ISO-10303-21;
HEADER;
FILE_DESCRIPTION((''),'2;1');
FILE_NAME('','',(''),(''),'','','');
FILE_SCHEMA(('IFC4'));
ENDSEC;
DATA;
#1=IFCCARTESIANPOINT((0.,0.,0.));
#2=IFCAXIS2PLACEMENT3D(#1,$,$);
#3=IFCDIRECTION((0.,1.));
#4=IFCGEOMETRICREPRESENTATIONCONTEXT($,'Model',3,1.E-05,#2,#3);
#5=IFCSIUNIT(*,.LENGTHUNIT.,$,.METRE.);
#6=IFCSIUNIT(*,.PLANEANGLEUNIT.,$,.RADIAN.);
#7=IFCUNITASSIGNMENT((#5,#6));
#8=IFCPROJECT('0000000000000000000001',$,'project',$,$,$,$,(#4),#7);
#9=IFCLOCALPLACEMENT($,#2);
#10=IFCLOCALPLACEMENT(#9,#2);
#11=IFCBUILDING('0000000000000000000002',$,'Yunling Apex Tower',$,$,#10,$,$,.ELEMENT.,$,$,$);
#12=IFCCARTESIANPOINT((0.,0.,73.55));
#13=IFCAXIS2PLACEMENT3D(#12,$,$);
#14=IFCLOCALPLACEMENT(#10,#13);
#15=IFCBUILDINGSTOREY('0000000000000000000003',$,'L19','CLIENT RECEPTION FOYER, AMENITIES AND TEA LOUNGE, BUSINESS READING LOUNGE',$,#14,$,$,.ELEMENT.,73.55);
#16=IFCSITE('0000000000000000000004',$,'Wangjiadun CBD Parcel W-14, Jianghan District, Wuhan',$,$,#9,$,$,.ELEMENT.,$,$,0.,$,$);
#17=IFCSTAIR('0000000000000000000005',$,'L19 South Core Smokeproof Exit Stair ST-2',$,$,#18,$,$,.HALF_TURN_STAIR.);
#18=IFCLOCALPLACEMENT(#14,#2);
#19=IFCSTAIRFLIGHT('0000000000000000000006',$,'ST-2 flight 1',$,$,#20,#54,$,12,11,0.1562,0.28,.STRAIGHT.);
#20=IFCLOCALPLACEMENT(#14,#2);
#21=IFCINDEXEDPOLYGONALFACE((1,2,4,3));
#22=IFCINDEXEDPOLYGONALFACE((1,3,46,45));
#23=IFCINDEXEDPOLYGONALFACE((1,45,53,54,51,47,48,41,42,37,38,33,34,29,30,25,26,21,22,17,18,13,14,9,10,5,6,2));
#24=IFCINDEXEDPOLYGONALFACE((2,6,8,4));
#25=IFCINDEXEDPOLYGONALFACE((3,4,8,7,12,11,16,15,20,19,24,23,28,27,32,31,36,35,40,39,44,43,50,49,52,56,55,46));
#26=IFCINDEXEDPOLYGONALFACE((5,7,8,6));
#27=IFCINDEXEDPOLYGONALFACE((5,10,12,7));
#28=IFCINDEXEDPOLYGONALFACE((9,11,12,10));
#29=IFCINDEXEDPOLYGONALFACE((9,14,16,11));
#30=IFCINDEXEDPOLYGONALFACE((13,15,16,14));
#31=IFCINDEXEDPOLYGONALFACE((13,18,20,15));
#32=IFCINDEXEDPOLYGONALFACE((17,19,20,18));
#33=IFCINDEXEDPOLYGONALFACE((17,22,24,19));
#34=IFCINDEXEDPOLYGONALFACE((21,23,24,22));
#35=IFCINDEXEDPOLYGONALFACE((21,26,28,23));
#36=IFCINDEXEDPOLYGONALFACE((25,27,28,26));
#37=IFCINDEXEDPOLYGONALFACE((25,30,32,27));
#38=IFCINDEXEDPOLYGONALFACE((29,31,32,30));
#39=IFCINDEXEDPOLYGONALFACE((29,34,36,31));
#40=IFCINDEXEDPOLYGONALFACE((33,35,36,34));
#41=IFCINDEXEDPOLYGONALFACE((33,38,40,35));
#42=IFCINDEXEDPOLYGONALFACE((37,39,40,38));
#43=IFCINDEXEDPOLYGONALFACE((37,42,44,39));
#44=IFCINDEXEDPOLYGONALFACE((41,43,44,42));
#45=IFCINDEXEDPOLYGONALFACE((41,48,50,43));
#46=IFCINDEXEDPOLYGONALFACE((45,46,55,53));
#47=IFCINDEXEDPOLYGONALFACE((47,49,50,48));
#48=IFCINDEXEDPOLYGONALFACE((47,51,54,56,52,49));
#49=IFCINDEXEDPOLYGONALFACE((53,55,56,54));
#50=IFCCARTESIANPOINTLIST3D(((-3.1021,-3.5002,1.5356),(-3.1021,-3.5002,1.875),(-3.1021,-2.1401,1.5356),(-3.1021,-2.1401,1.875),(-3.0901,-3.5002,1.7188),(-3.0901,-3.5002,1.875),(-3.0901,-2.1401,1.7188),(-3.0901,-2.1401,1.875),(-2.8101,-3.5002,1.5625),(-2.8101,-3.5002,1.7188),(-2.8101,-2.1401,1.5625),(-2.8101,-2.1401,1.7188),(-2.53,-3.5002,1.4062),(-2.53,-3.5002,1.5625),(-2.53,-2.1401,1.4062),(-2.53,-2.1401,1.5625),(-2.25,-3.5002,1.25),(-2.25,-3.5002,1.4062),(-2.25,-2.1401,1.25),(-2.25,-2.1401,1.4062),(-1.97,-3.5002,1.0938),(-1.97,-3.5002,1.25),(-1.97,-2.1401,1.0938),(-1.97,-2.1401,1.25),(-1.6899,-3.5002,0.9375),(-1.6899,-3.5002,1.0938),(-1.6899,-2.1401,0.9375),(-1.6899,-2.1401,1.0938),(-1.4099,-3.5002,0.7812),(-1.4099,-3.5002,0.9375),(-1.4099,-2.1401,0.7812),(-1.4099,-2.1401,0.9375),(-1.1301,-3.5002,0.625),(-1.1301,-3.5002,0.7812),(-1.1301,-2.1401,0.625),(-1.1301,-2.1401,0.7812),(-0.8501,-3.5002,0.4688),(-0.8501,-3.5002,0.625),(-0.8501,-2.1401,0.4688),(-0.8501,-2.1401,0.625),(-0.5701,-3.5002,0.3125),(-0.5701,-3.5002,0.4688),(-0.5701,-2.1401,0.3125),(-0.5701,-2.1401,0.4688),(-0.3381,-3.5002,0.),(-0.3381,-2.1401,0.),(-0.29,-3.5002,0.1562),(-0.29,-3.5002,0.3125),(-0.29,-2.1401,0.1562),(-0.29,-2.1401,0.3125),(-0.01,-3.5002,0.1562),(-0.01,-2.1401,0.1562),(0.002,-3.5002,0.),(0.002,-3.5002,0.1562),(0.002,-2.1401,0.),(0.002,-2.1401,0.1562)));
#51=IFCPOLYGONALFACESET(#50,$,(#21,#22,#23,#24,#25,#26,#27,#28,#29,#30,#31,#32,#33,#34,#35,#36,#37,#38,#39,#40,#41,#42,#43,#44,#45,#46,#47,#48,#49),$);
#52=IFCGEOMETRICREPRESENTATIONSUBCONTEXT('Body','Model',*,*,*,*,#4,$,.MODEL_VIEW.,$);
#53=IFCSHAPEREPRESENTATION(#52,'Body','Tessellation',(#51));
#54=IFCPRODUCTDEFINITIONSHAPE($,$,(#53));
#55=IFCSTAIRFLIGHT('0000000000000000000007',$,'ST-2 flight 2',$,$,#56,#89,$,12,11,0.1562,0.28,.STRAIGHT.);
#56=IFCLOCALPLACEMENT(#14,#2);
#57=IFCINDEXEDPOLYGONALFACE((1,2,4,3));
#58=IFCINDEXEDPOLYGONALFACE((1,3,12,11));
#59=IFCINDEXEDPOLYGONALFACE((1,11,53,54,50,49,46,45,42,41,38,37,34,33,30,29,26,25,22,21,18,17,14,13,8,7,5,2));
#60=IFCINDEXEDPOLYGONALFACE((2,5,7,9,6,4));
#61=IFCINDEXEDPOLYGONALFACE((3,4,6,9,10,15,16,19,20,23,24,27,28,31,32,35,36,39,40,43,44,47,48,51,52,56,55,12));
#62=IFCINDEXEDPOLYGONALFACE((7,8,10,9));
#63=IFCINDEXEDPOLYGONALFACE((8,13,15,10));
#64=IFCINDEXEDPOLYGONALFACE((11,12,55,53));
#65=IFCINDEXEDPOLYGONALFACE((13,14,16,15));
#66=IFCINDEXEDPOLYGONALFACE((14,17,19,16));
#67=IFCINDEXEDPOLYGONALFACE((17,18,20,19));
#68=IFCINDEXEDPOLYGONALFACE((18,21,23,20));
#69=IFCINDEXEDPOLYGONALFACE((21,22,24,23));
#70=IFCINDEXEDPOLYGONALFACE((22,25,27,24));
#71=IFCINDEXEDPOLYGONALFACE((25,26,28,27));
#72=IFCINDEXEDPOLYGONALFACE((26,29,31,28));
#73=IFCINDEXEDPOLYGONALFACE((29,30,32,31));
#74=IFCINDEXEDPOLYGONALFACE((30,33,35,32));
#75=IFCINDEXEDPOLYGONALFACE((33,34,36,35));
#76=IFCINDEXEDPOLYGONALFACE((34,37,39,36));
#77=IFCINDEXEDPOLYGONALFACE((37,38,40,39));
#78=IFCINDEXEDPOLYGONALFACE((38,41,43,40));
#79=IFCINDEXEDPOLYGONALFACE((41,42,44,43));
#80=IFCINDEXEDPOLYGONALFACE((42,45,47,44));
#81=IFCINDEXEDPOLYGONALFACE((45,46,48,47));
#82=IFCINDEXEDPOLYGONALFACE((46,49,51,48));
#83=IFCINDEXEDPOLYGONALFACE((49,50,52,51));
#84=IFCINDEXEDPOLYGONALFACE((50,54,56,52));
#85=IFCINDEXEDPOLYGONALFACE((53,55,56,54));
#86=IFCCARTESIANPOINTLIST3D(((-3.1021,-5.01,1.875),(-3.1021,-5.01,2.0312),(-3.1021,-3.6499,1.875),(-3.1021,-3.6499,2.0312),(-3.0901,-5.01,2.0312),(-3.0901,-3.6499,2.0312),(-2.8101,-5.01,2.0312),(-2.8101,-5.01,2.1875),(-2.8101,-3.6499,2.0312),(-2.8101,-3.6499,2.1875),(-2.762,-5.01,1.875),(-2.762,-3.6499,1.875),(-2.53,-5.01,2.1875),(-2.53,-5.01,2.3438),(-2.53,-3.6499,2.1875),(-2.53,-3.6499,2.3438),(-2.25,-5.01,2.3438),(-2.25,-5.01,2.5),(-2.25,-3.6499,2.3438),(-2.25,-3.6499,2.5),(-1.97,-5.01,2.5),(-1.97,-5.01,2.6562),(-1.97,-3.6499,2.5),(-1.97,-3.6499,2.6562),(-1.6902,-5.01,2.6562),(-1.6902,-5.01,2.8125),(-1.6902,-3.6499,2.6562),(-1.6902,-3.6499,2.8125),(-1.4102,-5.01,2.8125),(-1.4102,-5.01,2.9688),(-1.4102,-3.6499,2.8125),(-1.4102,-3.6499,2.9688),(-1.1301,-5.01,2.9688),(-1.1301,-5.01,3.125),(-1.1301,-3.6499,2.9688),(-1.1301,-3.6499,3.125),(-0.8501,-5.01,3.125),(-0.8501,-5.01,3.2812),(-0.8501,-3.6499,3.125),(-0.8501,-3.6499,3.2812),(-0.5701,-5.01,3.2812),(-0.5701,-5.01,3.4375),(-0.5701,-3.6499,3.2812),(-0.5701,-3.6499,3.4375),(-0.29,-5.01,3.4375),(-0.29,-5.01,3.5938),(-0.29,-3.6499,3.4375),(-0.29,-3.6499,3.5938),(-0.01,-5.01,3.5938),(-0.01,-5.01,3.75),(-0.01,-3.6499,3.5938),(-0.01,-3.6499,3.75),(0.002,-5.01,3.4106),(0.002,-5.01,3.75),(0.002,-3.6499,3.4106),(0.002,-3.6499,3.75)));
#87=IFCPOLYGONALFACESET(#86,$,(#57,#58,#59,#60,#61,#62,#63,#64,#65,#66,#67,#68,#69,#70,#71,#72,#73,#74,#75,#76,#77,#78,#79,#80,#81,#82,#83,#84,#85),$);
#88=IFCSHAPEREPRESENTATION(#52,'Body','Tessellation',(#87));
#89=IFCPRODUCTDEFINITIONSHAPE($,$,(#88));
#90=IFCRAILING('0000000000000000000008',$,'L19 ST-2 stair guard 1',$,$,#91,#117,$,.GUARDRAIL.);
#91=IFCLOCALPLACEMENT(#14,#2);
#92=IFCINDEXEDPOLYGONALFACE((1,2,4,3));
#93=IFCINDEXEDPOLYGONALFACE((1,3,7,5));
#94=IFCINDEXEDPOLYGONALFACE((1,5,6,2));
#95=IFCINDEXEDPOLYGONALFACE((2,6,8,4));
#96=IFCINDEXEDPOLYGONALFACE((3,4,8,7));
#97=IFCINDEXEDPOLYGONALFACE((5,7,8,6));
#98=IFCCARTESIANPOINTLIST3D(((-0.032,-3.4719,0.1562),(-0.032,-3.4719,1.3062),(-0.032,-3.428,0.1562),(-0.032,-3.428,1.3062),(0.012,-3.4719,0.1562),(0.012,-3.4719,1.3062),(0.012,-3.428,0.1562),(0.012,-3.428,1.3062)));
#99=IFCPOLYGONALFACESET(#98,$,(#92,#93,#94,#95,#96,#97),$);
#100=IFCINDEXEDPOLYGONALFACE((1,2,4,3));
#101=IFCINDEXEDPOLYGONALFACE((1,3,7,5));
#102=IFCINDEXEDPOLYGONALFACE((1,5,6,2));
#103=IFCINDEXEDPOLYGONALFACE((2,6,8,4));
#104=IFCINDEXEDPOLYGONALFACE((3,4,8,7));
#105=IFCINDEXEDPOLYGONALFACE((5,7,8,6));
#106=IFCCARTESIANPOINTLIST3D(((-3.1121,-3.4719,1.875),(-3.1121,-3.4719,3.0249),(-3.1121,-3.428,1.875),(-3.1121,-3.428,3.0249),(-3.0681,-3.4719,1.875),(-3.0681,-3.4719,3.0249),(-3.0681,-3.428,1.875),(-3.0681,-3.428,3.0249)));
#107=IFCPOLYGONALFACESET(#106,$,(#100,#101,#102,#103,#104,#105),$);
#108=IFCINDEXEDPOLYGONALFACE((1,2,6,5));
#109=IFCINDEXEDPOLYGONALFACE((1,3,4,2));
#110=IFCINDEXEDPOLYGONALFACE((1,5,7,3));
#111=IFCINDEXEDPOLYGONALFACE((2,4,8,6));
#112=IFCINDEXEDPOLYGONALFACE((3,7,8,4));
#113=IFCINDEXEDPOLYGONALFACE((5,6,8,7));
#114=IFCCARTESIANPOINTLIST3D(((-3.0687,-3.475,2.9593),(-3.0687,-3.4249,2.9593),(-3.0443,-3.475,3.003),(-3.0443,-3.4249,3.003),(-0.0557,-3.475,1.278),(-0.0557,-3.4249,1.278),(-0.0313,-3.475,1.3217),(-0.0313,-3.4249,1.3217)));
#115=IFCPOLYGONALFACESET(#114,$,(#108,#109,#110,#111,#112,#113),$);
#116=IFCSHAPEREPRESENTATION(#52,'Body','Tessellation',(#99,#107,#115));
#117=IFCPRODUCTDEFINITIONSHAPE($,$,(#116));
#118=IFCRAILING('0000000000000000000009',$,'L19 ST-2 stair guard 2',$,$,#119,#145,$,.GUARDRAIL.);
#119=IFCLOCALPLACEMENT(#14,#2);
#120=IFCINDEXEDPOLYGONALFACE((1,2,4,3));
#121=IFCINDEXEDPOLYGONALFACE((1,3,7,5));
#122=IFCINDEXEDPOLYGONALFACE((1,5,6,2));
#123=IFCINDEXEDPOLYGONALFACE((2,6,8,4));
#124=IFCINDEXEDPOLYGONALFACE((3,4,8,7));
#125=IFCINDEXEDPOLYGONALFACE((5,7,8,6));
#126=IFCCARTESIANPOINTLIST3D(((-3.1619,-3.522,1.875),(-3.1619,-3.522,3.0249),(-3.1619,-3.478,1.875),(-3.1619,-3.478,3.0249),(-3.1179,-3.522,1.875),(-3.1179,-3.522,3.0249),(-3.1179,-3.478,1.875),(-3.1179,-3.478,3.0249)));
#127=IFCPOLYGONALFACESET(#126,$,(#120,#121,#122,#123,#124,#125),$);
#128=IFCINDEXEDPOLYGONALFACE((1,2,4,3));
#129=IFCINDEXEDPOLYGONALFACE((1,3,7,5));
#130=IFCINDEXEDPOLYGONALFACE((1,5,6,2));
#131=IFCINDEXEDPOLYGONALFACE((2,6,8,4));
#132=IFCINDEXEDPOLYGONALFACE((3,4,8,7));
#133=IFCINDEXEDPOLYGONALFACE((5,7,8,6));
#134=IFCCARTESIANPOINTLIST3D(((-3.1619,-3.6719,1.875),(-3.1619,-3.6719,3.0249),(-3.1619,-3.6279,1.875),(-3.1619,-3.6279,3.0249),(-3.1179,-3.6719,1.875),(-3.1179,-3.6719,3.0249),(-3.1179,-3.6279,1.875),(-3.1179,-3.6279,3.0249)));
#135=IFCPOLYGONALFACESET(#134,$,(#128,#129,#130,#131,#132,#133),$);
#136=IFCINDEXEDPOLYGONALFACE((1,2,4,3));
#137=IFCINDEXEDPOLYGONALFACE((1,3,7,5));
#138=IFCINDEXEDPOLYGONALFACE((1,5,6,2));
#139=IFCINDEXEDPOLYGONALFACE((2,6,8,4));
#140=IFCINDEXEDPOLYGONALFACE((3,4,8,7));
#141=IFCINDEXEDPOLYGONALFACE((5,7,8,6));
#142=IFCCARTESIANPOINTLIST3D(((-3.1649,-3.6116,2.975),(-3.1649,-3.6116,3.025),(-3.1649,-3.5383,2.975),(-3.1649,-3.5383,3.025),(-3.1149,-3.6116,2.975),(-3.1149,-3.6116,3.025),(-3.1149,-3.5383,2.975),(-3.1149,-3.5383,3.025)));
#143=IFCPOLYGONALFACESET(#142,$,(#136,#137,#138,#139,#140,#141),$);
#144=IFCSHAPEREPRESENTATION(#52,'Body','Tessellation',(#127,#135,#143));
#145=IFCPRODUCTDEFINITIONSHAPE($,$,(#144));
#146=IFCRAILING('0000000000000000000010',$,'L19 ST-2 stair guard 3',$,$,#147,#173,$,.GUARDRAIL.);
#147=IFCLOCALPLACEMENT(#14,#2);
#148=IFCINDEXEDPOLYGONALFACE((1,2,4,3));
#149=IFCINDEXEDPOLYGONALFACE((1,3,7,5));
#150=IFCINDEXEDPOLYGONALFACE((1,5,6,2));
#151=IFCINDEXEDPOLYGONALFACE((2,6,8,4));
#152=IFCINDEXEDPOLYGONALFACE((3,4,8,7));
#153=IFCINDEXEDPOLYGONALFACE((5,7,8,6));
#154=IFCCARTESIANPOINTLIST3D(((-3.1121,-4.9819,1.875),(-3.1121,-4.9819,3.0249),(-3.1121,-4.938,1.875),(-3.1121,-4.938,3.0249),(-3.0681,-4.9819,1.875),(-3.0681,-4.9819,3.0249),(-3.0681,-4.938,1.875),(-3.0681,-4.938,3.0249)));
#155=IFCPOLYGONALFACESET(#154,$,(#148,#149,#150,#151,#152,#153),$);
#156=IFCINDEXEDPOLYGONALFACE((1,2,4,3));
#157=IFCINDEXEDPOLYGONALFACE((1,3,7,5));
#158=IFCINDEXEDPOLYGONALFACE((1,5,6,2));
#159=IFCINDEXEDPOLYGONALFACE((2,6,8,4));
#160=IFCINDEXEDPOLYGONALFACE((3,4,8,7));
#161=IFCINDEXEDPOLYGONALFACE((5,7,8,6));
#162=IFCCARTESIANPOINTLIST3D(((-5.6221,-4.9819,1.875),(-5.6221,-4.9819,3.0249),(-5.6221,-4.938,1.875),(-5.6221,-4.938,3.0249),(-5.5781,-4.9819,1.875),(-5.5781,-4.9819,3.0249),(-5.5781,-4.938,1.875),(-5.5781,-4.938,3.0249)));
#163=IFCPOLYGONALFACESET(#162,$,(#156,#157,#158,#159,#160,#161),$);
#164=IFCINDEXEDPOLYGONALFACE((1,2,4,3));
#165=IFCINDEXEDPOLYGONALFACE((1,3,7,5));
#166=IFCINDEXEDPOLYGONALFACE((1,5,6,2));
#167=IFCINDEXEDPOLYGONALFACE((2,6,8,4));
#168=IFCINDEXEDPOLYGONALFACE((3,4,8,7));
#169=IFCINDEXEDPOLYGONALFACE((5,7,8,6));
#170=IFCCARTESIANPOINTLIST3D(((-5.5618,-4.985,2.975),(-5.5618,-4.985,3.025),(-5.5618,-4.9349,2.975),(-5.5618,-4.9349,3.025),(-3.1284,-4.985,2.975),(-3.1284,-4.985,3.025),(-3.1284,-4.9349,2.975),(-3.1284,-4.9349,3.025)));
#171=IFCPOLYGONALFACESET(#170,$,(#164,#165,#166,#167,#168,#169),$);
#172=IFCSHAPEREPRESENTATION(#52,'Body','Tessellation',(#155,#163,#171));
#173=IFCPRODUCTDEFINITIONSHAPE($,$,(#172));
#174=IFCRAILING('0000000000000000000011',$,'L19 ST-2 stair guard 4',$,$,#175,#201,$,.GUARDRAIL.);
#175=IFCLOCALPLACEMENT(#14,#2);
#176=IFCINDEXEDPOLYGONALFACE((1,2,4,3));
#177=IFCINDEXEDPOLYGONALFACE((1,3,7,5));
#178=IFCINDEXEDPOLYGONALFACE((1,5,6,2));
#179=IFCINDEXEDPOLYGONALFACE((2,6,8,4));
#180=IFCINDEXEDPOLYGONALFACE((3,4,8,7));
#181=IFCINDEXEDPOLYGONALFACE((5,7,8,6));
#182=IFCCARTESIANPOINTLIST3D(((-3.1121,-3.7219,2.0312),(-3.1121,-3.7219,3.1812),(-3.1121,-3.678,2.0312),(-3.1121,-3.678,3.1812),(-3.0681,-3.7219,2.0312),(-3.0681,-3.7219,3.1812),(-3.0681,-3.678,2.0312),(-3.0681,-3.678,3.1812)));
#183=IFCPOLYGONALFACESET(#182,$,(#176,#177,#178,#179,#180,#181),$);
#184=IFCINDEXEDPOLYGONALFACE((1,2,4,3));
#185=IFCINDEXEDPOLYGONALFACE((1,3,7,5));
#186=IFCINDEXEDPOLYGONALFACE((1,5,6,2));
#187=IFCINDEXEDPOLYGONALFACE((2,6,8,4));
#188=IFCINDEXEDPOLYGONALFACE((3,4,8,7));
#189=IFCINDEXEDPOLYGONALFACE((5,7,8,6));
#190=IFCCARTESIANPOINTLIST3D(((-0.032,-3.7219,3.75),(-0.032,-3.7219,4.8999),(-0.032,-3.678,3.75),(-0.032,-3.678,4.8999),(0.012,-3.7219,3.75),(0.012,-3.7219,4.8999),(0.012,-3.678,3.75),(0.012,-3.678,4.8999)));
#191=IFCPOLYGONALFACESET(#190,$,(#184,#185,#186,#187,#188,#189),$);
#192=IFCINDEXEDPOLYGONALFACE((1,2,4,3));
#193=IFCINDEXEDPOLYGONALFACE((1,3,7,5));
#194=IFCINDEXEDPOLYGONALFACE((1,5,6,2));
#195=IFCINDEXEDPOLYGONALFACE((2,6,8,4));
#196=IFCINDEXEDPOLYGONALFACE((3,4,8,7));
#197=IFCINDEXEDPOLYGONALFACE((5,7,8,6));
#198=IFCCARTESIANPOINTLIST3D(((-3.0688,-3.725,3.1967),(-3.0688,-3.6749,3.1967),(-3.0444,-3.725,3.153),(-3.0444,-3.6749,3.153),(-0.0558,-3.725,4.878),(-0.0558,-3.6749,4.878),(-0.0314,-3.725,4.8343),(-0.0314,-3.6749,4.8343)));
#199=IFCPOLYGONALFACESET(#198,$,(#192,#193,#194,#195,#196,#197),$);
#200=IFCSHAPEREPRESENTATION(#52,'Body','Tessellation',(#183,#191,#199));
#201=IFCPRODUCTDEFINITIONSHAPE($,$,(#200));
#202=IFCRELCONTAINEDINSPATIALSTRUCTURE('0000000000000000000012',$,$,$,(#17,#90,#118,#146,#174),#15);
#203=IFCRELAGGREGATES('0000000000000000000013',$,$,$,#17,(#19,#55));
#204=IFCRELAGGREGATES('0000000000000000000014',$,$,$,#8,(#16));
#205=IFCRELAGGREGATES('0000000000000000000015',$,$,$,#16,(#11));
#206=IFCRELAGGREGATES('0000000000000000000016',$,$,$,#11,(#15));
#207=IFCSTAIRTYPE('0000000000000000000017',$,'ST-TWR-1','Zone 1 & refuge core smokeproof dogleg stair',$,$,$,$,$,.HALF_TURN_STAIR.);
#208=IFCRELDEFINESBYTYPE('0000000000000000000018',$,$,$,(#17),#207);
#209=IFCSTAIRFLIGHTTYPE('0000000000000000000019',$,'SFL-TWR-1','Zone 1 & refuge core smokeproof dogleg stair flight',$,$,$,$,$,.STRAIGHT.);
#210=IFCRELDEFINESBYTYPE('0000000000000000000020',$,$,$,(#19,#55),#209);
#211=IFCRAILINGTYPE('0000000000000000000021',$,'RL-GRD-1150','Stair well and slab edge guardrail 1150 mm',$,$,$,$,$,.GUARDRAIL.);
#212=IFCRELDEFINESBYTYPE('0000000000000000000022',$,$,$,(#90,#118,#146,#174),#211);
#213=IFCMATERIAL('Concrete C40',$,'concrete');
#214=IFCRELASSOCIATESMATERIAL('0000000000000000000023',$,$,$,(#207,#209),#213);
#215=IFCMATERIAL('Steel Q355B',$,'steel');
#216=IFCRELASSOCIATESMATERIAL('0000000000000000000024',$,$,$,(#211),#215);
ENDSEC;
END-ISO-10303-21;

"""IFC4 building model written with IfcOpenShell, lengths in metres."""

from ifc_helpers import new_model, si_unit, direction, frame, origin, origin_2d, place, context, subcontext, project, spatial, polyline, rectangle, outline, extrude, material, type_object, element, aggregate, save


model = new_model("IFC4")

# Units and contexts
model_context = context("Model", 3, precision=1e-05, world=origin(), true_north=direction((0.0, 1.0)))
body_context = subcontext(model_context, "Body", "Model", "MODEL_VIEW")
ifc_project = project(units=[si_unit("LENGTHUNIT", "METRE"), si_unit("PLANEANGLEUNIT", "RADIAN")], contexts=[model_context])

# Site, building, storey
site_placement = place(None, origin())
site = spatial("IfcSite", under=ifc_project, at=site_placement, Name="Wangjiadun CBD Parcel W-14, Jianghan District, Wuhan", CompositionType="ELEMENT", RefElevation=0.0)
building_placement = place(site_placement, origin())
building = spatial("IfcBuilding", under=site, at=building_placement, Name="Yunling Apex Tower", CompositionType="ELEMENT")
storey_placement = place(building_placement, frame((0.0, 0.0, 73.55)))
storey = spatial("IfcBuildingStorey", under=building, at=storey_placement, Name="L19", Description="CLIENT RECEPTION FOYER, AMENITIES AND TEA LOUNGE, BUSINESS READING LOUNGE", CompositionType="ELEMENT", Elevation=73.55)

# Shared definitions
ifc_material_1 = material(Name="Steel Q355B", Category="steel")

# Shared definitions
ifc_material_2 = material(Name="Concrete C40", Category="concrete")

# Stair, stair flights
stair_type = type_object("IfcStairType", Name="ST-TWR-1", Description="Zone 1 & refuge core smokeproof dogleg stair", PredefinedType="HALF_TURN_STAIR", material=ifc_material_2)
stair_placement = place(storey_placement, origin())
stair = element("IfcStair", 1, at=stair_placement, inside=storey, type_object=stair_type, Name="L19 South Core Smokeproof Exit Stair ST-2", PredefinedType="HALF_TURN_STAIR")
stair_flight_type = type_object("IfcStairFlightType", Name="SFL-TWR-1", Description="Zone 1 & refuge core smokeproof dogleg stair flight", PredefinedType="STRAIGHT", material=ifc_material_2)
stair_flight_1_placement = place(storey_placement, frame((-0.01, -2.8201, 0.0), z_axis=(0.0, 0.0, 1.0), x_axis=(-1.0, 0.0, 0.0)))
stair_flight_1 = element("IfcStairFlight", 2, at=stair_flight_1_placement, type_object=stair_flight_type, Name="ST-2 flight 1", NumberOfRisers=12, NumberOfTreads=11, PredefinedType="STRAIGHT", RiserHeight=0.1562, TreadLength=0.28, context=body_context, shape_type="SweptSolid", body=[
    extrude(outline(polyline([(-0.012, 0.0), (-0.012, 0.1562), (0.0, 0.1562), (0.28, 0.1562), (0.28, 0.3125), (0.5601, 0.3125), (0.5601, 0.4688), (0.8401, 0.4688), (0.8401, 0.625), (1.1201, 0.625), (1.1201, 0.7812), (1.3999, 0.7812), (1.3999, 0.9375), (1.6799, 0.9375), (1.6799, 1.0938), (1.96, 1.0938), (1.96, 1.25), (2.24, 1.25), (2.24, 1.4062), (2.52, 1.4062), (2.52, 1.5625), (2.8, 1.5625), (2.8, 1.7188), (3.0801, 1.7188), (3.0801, 1.875), (3.092, 1.875), (3.092, 1.5356), (0.3281, 0.0), (-0.012, 0.0)])), frame((0.0, 0.6802, 0.0), z_axis=(0.0, -1.0, 0.0), x_axis=(1.0, 0.0, 0.0)), (0.0, 0.0, 1.0), 1.3601),
])
stair_flight_2_placement = place(storey_placement, frame((-3.0901, -4.3301, 1.875), z_axis=(0.0, 0.0, 1.0), x_axis=(1.0, 0.0, 0.0)))
stair_flight_2 = element("IfcStairFlight", 3, at=stair_flight_2_placement, type_object=stair_flight_type, Name="ST-2 flight 2", NumberOfRisers=12, NumberOfTreads=11, PredefinedType="STRAIGHT", RiserHeight=0.1562, TreadLength=0.28, context=body_context, shape_type="SweptSolid", body=[
    extrude(outline(polyline([(-0.012, 0.0), (-0.012, 0.1562), (0.0, 0.1562), (0.28, 0.1562), (0.28, 0.3125), (0.5601, 0.3125), (0.5601, 0.4688), (0.8401, 0.4688), (0.8401, 0.625), (1.1201, 0.625), (1.1201, 0.7812), (1.3999, 0.7812), (1.3999, 0.9375), (1.6799, 0.9375), (1.6799, 1.0938), (1.96, 1.0938), (1.96, 1.25), (2.24, 1.25), (2.24, 1.4062), (2.52, 1.4062), (2.52, 1.5625), (2.8, 1.5625), (2.8, 1.7188), (3.0801, 1.7188), (3.0801, 1.875), (3.092, 1.875), (3.092, 1.5356), (0.3281, 0.0), (-0.012, 0.0)])), frame((0.0, 0.6802, 0.0), z_axis=(0.0, -1.0, 0.0), x_axis=(1.0, 0.0, 0.0)), (0.0, 0.0, 1.0), 1.3601),
])
aggregate(stair, [stair_flight_1, stair_flight_2])

# Railings
railing_type_1 = type_object("IfcRailingType", Name="RL-GRD-1150", Description="Stair well and slab edge guardrail 1150 mm", PredefinedType="GUARDRAIL", material=ifc_material_1)
railing_1_placement = place(storey_placement, frame((-0.01, -3.45, 0.1562)))
element("IfcRailing", 4, at=railing_1_placement, inside=storey, type_object=railing_type_1, Name="L19 ST-2 stair guard 1", PredefinedType="GUARDRAIL", context=body_context, shape_type="SweptSolid", body=[
    extrude(rectangle(XDim=0.0439, YDim=0.0439, at=origin_2d()), origin(), (0.0, 0.0, 1.0), 1.1499),
    extrude(rectangle(XDim=0.0439, YDim=0.0439, at=origin_2d()), frame((-3.0801, 0.0, 1.7188)), (0.0, 0.0, 1.0), 1.1499),
    extrude(rectangle(XDim=0.05, YDim=0.05, at=origin_2d()), frame((-0.0334, 0.0, 1.1436), z_axis=(-0.873242, 0.0, 0.487288), x_axis=(0.0, -1.0, 0.0)), (0.0, 0.0, 1.0), 3.4504),
])
railing_2_placement = place(storey_placement, frame((-3.1399, -3.5, 1.875)))
element("IfcRailing", 5, at=railing_2_placement, inside=storey, type_object=railing_type_1, Name="L19 ST-2 stair guard 2", PredefinedType="GUARDRAIL", context=body_context, shape_type="SweptSolid", body=[
    extrude(rectangle(XDim=0.0439, YDim=0.0439, at=origin_2d()), origin(), (0.0, 0.0, 1.0), 1.1499),
    extrude(rectangle(XDim=0.0439, YDim=0.0439, at=origin_2d()), frame((0.0, -0.1499, 0.0)), (0.0, 0.0, 1.0), 1.1499),
    extrude(rectangle(XDim=0.05, YDim=0.05, at=origin_2d()), frame((0.0, -0.0383, 1.125), z_axis=(0.0, -1.0, 0.0), x_axis=(1.0, 0.0, 0.0)), (0.0, 0.0, 1.0), 0.0732),
])
railing_3_placement = place(storey_placement, frame((-3.0901, -4.96, 1.875)))
element("IfcRailing", 6, at=railing_3_placement, inside=storey, type_object=railing_type_1, Name="L19 ST-2 stair guard 3", PredefinedType="GUARDRAIL", context=body_context, shape_type="SweptSolid", body=[
    extrude(rectangle(XDim=0.0439, YDim=0.0439, at=origin_2d()), origin(), (0.0, 0.0, 1.0), 1.1499),
    extrude(rectangle(XDim=0.0439, YDim=0.0439, at=origin_2d()), frame((-2.51, 0.0, 0.0)), (0.0, 0.0, 1.0), 1.1499),
    extrude(rectangle(XDim=0.05, YDim=0.05, at=origin_2d()), frame((-0.0383, 0.0, 1.125), z_axis=(-1.0, 0.0, 0.0), x_axis=(0.0, -1.0, 0.0)), (0.0, 0.0, 1.0), 2.4333),
])
railing_4_placement = place(storey_placement, frame((-3.0901, -3.7, 2.0312)))
element("IfcRailing", 7, at=railing_4_placement, inside=storey, type_object=railing_type_1, Name="L19 ST-2 stair guard 4", PredefinedType="GUARDRAIL", context=body_context, shape_type="SweptSolid", body=[
    extrude(rectangle(XDim=0.0439, YDim=0.0439, at=origin_2d()), origin(), (0.0, 0.0, 1.0), 1.1499),
    extrude(rectangle(XDim=0.0439, YDim=0.0439, at=origin_2d()), frame((3.0801, 0.0, 1.7188)), (0.0, 0.0, 1.0), 1.1499),
    extrude(rectangle(XDim=0.05, YDim=0.05, at=origin_2d()), frame((0.0334, 0.0, 1.1436), z_axis=(0.873242, 0.0, 0.487288), x_axis=(0.0, 1.0, 0.0)), (0.0, 0.0, 1.0), 3.4504),
])

save(model, "model.ifc")
